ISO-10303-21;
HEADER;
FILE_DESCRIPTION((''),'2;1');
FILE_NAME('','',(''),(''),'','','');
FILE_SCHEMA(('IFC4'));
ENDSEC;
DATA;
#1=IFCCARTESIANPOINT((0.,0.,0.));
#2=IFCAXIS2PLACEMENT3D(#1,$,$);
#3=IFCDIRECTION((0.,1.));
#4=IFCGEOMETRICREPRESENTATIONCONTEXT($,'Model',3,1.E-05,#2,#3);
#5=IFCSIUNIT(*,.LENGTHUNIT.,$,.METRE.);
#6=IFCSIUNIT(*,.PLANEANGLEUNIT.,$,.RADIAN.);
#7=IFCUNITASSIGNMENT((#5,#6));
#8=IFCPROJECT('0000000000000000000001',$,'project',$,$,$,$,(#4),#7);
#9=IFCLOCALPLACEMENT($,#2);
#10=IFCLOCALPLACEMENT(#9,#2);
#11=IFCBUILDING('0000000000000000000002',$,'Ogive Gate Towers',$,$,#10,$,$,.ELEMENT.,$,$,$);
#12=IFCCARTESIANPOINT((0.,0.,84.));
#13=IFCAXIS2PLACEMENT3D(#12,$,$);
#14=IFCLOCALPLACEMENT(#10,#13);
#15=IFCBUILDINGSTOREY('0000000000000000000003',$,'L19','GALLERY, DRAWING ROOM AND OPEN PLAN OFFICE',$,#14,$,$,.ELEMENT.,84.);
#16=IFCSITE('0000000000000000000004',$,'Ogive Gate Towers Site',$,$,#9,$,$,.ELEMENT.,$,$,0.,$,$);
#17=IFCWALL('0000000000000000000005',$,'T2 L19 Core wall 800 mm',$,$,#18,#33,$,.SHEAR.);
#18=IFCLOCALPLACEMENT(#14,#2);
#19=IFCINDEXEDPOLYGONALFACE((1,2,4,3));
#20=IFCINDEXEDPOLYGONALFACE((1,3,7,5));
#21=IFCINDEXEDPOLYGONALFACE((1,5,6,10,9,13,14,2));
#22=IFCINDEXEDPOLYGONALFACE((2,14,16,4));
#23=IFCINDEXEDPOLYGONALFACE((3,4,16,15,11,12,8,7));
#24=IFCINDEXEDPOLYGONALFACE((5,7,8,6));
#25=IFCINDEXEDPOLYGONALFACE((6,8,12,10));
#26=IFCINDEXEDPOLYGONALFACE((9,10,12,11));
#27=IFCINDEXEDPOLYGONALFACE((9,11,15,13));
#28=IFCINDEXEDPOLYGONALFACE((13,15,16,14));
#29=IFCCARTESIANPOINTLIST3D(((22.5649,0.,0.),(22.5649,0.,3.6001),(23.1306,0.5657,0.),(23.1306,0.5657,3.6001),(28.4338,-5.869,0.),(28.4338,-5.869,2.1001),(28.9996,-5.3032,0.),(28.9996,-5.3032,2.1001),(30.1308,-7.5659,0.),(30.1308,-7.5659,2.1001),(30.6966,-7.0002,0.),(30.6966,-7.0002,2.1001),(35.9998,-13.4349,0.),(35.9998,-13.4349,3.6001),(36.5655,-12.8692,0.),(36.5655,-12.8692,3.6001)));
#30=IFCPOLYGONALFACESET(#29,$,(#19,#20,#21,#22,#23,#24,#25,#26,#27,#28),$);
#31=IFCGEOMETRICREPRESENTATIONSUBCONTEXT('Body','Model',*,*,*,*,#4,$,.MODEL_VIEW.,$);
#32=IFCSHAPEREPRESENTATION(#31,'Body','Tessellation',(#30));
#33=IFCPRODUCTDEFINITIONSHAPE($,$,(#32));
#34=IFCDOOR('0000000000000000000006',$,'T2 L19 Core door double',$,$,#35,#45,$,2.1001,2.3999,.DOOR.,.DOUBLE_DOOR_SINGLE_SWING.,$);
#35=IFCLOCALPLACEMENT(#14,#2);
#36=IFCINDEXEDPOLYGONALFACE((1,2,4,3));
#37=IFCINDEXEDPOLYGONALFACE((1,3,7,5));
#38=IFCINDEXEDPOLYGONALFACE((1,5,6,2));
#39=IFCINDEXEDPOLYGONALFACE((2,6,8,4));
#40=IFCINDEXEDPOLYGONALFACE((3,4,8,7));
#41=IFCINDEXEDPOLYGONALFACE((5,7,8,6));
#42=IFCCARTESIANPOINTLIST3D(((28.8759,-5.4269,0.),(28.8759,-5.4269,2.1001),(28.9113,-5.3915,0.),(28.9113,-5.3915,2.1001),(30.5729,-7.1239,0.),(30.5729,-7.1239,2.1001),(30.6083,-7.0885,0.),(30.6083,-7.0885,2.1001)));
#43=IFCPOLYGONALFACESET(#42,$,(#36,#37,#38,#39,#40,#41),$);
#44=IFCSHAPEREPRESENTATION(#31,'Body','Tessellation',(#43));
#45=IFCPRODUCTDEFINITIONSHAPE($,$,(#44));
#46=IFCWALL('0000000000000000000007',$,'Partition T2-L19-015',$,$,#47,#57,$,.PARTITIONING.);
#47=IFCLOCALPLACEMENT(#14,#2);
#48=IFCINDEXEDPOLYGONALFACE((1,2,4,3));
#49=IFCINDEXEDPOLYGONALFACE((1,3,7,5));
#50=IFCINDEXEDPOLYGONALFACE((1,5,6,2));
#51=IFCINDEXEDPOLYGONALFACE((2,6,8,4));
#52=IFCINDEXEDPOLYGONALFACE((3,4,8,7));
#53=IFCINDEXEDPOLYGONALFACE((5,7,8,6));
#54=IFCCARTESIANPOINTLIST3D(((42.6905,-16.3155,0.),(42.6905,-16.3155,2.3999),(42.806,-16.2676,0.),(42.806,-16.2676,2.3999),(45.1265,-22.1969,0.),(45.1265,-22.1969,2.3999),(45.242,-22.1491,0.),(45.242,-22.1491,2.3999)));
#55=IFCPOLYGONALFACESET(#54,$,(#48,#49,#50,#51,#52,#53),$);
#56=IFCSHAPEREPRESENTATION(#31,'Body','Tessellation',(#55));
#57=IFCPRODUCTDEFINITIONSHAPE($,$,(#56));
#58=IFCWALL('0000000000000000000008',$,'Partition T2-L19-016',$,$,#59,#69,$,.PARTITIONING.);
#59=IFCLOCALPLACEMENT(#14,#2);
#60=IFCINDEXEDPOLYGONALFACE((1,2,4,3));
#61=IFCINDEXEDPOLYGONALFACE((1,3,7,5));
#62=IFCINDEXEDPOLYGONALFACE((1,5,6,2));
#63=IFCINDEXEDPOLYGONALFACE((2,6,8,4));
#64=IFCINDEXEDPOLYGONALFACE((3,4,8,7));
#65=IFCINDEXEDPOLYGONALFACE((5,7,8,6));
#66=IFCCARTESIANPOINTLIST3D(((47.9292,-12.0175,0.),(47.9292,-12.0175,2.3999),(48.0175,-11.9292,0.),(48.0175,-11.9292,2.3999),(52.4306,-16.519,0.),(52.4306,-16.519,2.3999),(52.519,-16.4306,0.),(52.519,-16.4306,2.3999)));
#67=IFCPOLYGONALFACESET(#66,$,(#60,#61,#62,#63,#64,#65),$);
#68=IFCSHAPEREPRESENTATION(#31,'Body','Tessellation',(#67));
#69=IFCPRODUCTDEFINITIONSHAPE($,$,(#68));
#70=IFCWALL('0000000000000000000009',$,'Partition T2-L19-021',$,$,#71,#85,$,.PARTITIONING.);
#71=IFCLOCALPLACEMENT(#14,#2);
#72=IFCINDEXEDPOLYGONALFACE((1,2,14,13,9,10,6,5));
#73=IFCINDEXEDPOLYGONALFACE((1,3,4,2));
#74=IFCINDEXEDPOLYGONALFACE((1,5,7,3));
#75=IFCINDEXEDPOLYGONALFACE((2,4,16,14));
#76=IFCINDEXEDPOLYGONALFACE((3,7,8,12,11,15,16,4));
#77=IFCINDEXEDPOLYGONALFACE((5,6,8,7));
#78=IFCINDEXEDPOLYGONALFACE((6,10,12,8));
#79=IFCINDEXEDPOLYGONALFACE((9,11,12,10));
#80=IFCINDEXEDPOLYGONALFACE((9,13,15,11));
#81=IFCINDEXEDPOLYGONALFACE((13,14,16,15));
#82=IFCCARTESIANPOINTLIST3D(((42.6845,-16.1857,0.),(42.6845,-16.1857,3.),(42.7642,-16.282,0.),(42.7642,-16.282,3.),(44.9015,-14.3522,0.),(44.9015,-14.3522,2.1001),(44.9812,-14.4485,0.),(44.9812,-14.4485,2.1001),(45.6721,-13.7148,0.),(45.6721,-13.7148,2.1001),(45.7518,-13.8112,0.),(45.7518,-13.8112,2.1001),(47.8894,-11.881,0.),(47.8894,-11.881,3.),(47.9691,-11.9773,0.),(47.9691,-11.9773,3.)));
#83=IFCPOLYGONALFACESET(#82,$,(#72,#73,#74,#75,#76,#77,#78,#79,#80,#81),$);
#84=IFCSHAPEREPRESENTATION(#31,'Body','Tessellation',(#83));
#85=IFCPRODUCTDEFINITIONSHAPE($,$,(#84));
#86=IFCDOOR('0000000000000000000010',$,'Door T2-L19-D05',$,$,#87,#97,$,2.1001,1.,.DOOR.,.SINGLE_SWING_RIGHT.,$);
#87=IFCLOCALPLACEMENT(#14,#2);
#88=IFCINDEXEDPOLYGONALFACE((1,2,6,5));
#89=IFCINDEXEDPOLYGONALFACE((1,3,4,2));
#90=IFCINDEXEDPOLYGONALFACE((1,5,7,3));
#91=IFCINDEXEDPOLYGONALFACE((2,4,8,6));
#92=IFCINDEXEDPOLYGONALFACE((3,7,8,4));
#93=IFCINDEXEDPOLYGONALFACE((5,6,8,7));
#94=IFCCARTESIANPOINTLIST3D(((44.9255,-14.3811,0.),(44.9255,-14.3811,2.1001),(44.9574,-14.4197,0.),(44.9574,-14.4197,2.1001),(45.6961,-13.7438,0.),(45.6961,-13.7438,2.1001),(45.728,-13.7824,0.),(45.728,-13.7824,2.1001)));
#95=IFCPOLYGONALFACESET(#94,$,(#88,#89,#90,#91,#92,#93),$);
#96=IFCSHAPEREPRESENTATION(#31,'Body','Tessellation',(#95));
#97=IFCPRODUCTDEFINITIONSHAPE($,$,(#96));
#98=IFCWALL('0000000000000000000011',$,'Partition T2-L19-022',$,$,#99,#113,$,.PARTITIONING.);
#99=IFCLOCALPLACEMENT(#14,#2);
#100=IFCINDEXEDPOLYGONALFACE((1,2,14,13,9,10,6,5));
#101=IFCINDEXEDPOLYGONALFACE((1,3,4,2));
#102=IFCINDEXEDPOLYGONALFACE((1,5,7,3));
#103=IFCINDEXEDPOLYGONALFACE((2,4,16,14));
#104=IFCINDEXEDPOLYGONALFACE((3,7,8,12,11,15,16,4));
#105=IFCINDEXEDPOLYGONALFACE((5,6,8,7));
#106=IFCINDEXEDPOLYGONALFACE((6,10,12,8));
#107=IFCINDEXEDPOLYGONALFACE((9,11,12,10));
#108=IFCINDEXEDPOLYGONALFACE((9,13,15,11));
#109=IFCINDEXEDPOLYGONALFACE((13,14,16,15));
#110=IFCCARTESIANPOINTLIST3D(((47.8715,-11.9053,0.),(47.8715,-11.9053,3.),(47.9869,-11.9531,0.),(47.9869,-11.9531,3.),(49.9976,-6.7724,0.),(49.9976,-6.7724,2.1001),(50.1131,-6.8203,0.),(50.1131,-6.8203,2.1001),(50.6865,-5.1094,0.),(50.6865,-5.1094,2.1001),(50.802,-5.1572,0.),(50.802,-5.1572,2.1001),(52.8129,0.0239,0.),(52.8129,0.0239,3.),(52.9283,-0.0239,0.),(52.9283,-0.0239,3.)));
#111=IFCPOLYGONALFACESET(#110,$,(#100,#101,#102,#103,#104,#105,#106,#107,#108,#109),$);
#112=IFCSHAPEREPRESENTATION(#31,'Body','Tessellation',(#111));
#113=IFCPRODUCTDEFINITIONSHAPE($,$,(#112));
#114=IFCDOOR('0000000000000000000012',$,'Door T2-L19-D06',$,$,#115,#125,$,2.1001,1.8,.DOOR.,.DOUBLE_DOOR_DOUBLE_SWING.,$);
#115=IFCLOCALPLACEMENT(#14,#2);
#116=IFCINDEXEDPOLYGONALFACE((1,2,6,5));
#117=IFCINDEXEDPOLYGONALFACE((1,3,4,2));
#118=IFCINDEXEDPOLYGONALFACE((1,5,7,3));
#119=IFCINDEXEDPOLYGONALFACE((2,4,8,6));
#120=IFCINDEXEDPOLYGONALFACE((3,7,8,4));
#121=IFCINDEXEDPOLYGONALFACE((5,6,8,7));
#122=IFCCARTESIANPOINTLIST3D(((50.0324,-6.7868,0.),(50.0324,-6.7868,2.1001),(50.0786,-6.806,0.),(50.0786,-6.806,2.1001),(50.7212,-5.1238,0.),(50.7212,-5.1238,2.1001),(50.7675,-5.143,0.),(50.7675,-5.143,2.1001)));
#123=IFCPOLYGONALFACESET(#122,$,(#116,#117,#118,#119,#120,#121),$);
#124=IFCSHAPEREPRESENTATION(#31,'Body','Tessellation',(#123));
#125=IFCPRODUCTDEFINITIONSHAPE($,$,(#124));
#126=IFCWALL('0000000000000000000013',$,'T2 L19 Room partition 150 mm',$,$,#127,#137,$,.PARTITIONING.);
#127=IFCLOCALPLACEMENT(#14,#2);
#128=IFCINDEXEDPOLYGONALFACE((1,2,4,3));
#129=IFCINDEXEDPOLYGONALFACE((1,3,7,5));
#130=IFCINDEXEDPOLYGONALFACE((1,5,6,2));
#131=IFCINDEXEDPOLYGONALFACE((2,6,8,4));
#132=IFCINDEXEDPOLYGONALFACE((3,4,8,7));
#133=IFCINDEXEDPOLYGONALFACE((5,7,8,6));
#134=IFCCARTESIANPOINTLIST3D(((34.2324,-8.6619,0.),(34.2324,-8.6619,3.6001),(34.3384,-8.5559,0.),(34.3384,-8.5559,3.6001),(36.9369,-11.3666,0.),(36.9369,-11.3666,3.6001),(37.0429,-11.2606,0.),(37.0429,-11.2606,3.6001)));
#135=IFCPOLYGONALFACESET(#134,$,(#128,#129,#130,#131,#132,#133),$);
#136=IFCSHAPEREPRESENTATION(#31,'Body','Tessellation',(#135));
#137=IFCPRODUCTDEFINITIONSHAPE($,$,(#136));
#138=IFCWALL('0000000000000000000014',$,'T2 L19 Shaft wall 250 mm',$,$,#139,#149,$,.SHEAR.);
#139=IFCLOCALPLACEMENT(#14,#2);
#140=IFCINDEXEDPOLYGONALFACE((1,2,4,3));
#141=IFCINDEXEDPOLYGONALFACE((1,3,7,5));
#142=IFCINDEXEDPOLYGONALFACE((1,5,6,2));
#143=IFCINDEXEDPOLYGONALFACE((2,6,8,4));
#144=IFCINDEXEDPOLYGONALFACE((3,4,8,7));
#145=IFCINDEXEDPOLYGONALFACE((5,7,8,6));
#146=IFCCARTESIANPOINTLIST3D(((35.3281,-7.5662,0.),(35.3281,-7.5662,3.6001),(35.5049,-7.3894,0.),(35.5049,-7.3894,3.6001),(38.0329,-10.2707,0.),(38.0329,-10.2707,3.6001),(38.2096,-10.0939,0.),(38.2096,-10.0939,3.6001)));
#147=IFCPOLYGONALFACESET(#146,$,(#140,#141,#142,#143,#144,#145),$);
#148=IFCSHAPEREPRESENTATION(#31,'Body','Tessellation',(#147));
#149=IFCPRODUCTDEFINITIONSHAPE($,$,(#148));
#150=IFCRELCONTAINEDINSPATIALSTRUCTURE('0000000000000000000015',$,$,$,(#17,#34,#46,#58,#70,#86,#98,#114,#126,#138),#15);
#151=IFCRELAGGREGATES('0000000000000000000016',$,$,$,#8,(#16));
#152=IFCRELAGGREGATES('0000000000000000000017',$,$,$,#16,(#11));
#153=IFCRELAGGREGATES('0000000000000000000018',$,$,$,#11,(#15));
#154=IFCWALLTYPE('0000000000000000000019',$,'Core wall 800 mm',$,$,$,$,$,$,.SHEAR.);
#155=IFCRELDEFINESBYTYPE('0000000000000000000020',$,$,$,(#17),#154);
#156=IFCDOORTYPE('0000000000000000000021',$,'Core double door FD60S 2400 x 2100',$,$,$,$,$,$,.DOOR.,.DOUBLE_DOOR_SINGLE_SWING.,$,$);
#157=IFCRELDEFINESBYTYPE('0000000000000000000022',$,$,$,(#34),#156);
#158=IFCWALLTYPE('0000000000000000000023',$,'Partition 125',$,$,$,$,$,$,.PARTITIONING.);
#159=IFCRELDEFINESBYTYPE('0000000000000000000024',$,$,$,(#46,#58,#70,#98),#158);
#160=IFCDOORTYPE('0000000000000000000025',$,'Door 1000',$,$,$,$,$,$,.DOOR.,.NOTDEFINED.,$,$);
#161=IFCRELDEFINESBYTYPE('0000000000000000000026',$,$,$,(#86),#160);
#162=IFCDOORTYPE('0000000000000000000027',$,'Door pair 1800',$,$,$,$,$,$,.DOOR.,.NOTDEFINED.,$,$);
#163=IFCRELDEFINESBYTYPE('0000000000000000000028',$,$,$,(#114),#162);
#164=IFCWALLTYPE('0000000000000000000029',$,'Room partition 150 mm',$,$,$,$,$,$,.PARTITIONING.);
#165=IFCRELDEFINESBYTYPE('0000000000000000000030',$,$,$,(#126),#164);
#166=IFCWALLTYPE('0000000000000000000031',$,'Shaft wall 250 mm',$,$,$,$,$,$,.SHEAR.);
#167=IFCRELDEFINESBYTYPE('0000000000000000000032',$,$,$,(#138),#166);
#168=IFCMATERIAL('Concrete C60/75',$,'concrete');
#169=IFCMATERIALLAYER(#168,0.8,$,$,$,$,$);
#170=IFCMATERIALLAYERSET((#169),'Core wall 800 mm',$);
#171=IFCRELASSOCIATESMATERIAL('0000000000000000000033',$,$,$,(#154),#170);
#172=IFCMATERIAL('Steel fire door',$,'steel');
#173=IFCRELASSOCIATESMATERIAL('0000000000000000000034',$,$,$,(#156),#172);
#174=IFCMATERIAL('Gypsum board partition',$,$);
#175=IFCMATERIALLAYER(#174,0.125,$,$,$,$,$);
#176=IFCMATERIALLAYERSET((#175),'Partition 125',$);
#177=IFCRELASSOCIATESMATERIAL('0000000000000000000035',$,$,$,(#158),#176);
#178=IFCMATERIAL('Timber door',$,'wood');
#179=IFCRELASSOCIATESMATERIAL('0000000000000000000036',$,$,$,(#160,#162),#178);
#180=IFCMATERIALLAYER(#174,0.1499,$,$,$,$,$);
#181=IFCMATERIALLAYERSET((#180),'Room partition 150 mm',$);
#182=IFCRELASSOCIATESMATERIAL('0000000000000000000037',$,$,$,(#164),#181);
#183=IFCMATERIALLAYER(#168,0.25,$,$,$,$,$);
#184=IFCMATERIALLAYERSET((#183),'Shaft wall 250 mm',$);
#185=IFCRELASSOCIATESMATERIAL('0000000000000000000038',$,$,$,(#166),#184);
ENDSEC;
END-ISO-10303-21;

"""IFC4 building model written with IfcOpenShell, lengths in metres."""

from ifc_helpers import new_model, si_unit, direction, frame, frame_2d, origin, place, context, subcontext, project, spatial, rectangle, extrude, material, layer, layer_set, type_object, element, fill, save


model = new_model("IFC4")

# Units and contexts
model_context = context("Model", 3, precision=1e-05, world=origin(), true_north=direction((0.0, 1.0)))
body_context = subcontext(model_context, "Body", "Model", "MODEL_VIEW")
ifc_project = project(units=[si_unit("LENGTHUNIT", "METRE"), si_unit("PLANEANGLEUNIT", "RADIAN")], contexts=[model_context])

# Site, building, storey
site_placement = place(None, origin())
site = spatial("IfcSite", under=ifc_project, at=site_placement, Name="Ogive Gate Towers Site", CompositionType="ELEMENT", RefElevation=0.0)
building_placement = place(site_placement, origin())
building = spatial("IfcBuilding", under=site, at=building_placement, Name="Ogive Gate Towers", CompositionType="ELEMENT")
storey_placement = place(building_placement, frame((0.0, 0.0, 84.0)))
storey = spatial("IfcBuildingStorey", under=building, at=storey_placement, Name="L19", Description="GALLERY, DRAWING ROOM AND OPEN PLAN OFFICE", CompositionType="ELEMENT", Elevation=84.0)

# Shared definitions
ifc_material_1 = material(Name="Concrete C60/75", Category="concrete")
ifc_layer_1 = layer(ifc_material_1, 0.8)
ifc_layer_set_1 = layer_set([ifc_layer_1], Name="Core wall 800 mm")
wall_type_1 = type_object("IfcWallType", Name="Core wall 800 mm", PredefinedType="SHEAR", material=ifc_layer_set_1)
ifc_material_2 = material(Name="Timber door", Category="wood")
ifc_material_3 = material(Name="Steel fire door", Category="steel")

# Wall, opening, door
wall_1_placement = place(storey_placement, frame((36.2827, -13.1521, 0.0), z_axis=(0.0, 0.0, 1.0), x_axis=(-0.707107, 0.707107, 0.0)))
wall_1 = element("IfcWall", 1, at=wall_1_placement, inside=storey, type_object=wall_type_1, Name="T2 L19 Core wall 800 mm", PredefinedType="SHEAR", context=body_context, shape_type="SweptSolid", body=[
    extrude(rectangle(XDim=18.9998, YDim=0.8, at=frame_2d((9.5, 0.0))), origin(), (0.0, 0.0, 1.0), 3.6001),
])
opening_1_placement = place(wall_1_placement, frame((8.3, 0.0, 0.0)))
opening_1 = element("IfcOpeningElement", 2, at=opening_1_placement, cuts=wall_1, PredefinedType="OPENING", context=body_context, shape_type="SweptSolid", body=[
    extrude(rectangle(XDim=2.3999, YDim=2.1001, at=frame_2d((1.2, 1.05))), frame((0.0, 0.4102, 0.0), z_axis=(0.0, -1.0, 0.0), x_axis=(1.0, 0.0, 0.0)), (0.0, 0.0, 1.0), 0.8201),
])
door_type_1 = type_object("IfcDoorType", Name="Core double door FD60S 2400 x 2100", OperationType="DOUBLE_DOOR_SINGLE_SWING", PredefinedType="DOOR", material=ifc_material_3)
door_1_placement = place(opening_1_placement, origin())
door_1 = element("IfcDoor", 3, at=door_1_placement, inside=storey, type_object=door_type_1, Name="T2 L19 Core door double", OperationType="DOUBLE_DOOR_SINGLE_SWING", OverallHeight=2.1001, OverallWidth=2.3999, PredefinedType="DOOR", context=body_context, shape_type="SweptSolid", body=[
    extrude(rectangle(XDim=2.3999, YDim=2.1001, at=frame_2d((1.2, 1.05))), frame((0.0, -0.2251, 0.0), z_axis=(0.0, -1.0, 0.0), x_axis=(1.0, 0.0, 0.0)), (0.0, 0.0, 1.0), 0.05),
])
fill(opening_1, door_1)

# Walls
ifc_material_4 = material(Name="Gypsum board partition")
ifc_layer_2 = layer(ifc_material_4, 0.125)
ifc_layer_set_2 = layer_set([ifc_layer_2], Name="Partition 125")
wall_type_2 = type_object("IfcWallType", Name="Partition 125", PredefinedType="PARTITIONING", material=ifc_layer_set_2)
for number, where, z_axis, x_axis, name in (
    (4, (45.1843, -22.1731, 0.0), (0.0, 0.0, 1.0), (-0.38267, 0.923885, 0.0), "Partition T2-L19-015"),
    (5, (52.4749, -16.4749, 0.0), (0.0, 0.0, 1.0), (-0.707107, 0.707107, 0.0), "Partition T2-L19-016"),
):
    element("IfcWall", number, at=place(storey_placement, frame(where, z_axis=z_axis, x_axis=x_axis)), inside=storey, type_object=wall_type_2, Name=name, PredefinedType="PARTITIONING", context=body_context, shape_type="SweptSolid", body=[
        extrude(rectangle(XDim=6.366, YDim=0.125, at=frame_2d((3.1831, 0.0))), origin(), (0.0, 0.0, 1.0), 2.3999),
    ])

# Walls, openings, doors
wall_2_placement = place(storey_placement, frame((42.7244, -16.2339, 0.0), z_axis=(0.0, 0.0, 1.0), x_axis=(0.770595, 0.637325, 0.0)))
wall_2 = element("IfcWall", 6, at=wall_2_placement, inside=storey, type_object=wall_type_2, Name="Partition T2-L19-021", PredefinedType="PARTITIONING", context=body_context, shape_type="SweptSolid", body=[
    extrude(rectangle(XDim=6.7544, YDim=0.125, at=frame_2d((3.3772, 0.0))), origin(), (0.0, 0.0, 1.0), 3.0),
])
opening_2_placement = place(wall_2_placement, frame((2.877, 0.0, 0.0)))
opening_2 = element("IfcOpeningElement", 7, at=opening_2_placement, cuts=wall_2, PredefinedType="OPENING", context=body_context, shape_type="SweptSolid", body=[
    extrude(rectangle(XDim=1.0, YDim=2.1001, at=frame_2d((0.5, 1.05))), frame((0.0, 0.0725, 0.0), z_axis=(0.0, -1.0, 0.0), x_axis=(1.0, 0.0, 0.0)), (0.0, 0.0, 1.0), 0.145),
])
door_type_2 = type_object("IfcDoorType", Name="Door 1000", OperationType="NOTDEFINED", PredefinedType="DOOR", material=ifc_material_2)
door_2_placement = place(opening_2_placement, origin())
door_2 = element("IfcDoor", 8, at=door_2_placement, inside=storey, type_object=door_type_2, Name="Door T2-L19-D05", OperationType="SINGLE_SWING_RIGHT", OverallHeight=2.1001, OverallWidth=1.0, PredefinedType="DOOR", context=body_context, shape_type="SweptSolid", body=[
    extrude(rectangle(XDim=1.0, YDim=2.1001, at=frame_2d((0.5, 1.05))), frame((0.0, 0.0249, 0.0), z_axis=(0.0, -1.0, 0.0), x_axis=(1.0, 0.0, 0.0)), (0.0, 0.0, 1.0), 0.05),
])
fill(opening_2, door_2)
wall_3_placement = place(storey_placement, frame((47.9292, -11.9292, 0.0), z_axis=(0.0, 0.0, 1.0), x_axis=(0.382695, 0.923875, 0.0)))
wall_3 = element("IfcWall", 9, at=wall_3_placement, inside=storey, type_object=wall_type_2, Name="Partition T2-L19-022", PredefinedType="PARTITIONING", context=body_context, shape_type="SweptSolid", body=[
    extrude(rectangle(XDim=12.9121, YDim=0.125, at=frame_2d((6.4561, 0.0))), origin(), (0.0, 0.0, 1.0), 3.0),
])
opening_3_placement = place(wall_3_placement, frame((5.5559, 0.0, 0.0)))
opening_3 = element("IfcOpeningElement", 10, at=opening_3_placement, cuts=wall_3, PredefinedType="OPENING", context=body_context, shape_type="SweptSolid", body=[
    extrude(rectangle(XDim=1.8, YDim=2.1001, at=frame_2d((0.8999, 1.05))), frame((0.0, 0.0725, 0.0), z_axis=(0.0, -1.0, 0.0), x_axis=(1.0, 0.0, 0.0)), (0.0, 0.0, 1.0), 0.145),
])
door_type_3 = type_object("IfcDoorType", Name="Door pair 1800", OperationType="NOTDEFINED", PredefinedType="DOOR", material=ifc_material_2)
door_3_placement = place(opening_3_placement, origin())
door_3 = element("IfcDoor", 11, at=door_3_placement, inside=storey, type_object=door_type_3, Name="Door T2-L19-D06", OperationType="DOUBLE_DOOR_DOUBLE_SWING", OverallHeight=2.1001, OverallWidth=1.8, PredefinedType="DOOR", context=body_context, shape_type="SweptSolid", body=[
    extrude(rectangle(XDim=1.8, YDim=2.1001, at=frame_2d((0.8999, 1.05))), frame((0.0, 0.0249, 0.0), z_axis=(0.0, -1.0, 0.0), x_axis=(1.0, 0.0, 0.0)), (0.0, 0.0, 1.0), 0.05),
])
fill(opening_3, door_3)

# Walls
ifc_layer_3 = layer(ifc_material_4, 0.1499)
ifc_layer_set_3 = layer_set([ifc_layer_3], Name="Room partition 150 mm")
wall_type_3 = type_object("IfcWallType", Name="Room partition 150 mm", PredefinedType="PARTITIONING", material=ifc_layer_set_3)
wall_4_placement = place(storey_placement, frame((36.99, -11.3137, 0.0), z_axis=(0.0, 0.0, 1.0), x_axis=(-0.707075, 0.707139, 0.0)))
element("IfcWall", 12, at=wall_4_placement, inside=storey, type_object=wall_type_3, Name="T2 L19 Room partition 150 mm", PredefinedType="PARTITIONING", context=body_context, shape_type="SweptSolid", body=[
    extrude(rectangle(XDim=3.825, YDim=0.1499, at=frame_2d((1.9126, 0.0))), origin(), (0.0, 0.0, 1.0), 3.6001),
])
ifc_layer_4 = layer(ifc_material_1, 0.25)
ifc_layer_set_4 = layer_set([ifc_layer_4], Name="Shaft wall 250 mm")
wall_type_4 = type_object("IfcWallType", Name="Shaft wall 250 mm", PredefinedType="SHEAR", material=ifc_layer_set_4)
wall_5_placement = place(storey_placement, frame((38.1213, -10.1824, 0.0), z_axis=(0.0, 0.0, 1.0), x_axis=(-0.707139, 0.707075, 0.0)))
element("IfcWall", 13, at=wall_5_placement, inside=storey, type_object=wall_type_4, Name="T2 L19 Shaft wall 250 mm", PredefinedType="SHEAR", context=body_context, shape_type="SweptSolid", body=[
    extrude(rectangle(XDim=3.825, YDim=0.25, at=frame_2d((1.9126, 0.0))), origin(), (0.0, 0.0, 1.0), 3.6001),
])

save(model, "model.ifc")
